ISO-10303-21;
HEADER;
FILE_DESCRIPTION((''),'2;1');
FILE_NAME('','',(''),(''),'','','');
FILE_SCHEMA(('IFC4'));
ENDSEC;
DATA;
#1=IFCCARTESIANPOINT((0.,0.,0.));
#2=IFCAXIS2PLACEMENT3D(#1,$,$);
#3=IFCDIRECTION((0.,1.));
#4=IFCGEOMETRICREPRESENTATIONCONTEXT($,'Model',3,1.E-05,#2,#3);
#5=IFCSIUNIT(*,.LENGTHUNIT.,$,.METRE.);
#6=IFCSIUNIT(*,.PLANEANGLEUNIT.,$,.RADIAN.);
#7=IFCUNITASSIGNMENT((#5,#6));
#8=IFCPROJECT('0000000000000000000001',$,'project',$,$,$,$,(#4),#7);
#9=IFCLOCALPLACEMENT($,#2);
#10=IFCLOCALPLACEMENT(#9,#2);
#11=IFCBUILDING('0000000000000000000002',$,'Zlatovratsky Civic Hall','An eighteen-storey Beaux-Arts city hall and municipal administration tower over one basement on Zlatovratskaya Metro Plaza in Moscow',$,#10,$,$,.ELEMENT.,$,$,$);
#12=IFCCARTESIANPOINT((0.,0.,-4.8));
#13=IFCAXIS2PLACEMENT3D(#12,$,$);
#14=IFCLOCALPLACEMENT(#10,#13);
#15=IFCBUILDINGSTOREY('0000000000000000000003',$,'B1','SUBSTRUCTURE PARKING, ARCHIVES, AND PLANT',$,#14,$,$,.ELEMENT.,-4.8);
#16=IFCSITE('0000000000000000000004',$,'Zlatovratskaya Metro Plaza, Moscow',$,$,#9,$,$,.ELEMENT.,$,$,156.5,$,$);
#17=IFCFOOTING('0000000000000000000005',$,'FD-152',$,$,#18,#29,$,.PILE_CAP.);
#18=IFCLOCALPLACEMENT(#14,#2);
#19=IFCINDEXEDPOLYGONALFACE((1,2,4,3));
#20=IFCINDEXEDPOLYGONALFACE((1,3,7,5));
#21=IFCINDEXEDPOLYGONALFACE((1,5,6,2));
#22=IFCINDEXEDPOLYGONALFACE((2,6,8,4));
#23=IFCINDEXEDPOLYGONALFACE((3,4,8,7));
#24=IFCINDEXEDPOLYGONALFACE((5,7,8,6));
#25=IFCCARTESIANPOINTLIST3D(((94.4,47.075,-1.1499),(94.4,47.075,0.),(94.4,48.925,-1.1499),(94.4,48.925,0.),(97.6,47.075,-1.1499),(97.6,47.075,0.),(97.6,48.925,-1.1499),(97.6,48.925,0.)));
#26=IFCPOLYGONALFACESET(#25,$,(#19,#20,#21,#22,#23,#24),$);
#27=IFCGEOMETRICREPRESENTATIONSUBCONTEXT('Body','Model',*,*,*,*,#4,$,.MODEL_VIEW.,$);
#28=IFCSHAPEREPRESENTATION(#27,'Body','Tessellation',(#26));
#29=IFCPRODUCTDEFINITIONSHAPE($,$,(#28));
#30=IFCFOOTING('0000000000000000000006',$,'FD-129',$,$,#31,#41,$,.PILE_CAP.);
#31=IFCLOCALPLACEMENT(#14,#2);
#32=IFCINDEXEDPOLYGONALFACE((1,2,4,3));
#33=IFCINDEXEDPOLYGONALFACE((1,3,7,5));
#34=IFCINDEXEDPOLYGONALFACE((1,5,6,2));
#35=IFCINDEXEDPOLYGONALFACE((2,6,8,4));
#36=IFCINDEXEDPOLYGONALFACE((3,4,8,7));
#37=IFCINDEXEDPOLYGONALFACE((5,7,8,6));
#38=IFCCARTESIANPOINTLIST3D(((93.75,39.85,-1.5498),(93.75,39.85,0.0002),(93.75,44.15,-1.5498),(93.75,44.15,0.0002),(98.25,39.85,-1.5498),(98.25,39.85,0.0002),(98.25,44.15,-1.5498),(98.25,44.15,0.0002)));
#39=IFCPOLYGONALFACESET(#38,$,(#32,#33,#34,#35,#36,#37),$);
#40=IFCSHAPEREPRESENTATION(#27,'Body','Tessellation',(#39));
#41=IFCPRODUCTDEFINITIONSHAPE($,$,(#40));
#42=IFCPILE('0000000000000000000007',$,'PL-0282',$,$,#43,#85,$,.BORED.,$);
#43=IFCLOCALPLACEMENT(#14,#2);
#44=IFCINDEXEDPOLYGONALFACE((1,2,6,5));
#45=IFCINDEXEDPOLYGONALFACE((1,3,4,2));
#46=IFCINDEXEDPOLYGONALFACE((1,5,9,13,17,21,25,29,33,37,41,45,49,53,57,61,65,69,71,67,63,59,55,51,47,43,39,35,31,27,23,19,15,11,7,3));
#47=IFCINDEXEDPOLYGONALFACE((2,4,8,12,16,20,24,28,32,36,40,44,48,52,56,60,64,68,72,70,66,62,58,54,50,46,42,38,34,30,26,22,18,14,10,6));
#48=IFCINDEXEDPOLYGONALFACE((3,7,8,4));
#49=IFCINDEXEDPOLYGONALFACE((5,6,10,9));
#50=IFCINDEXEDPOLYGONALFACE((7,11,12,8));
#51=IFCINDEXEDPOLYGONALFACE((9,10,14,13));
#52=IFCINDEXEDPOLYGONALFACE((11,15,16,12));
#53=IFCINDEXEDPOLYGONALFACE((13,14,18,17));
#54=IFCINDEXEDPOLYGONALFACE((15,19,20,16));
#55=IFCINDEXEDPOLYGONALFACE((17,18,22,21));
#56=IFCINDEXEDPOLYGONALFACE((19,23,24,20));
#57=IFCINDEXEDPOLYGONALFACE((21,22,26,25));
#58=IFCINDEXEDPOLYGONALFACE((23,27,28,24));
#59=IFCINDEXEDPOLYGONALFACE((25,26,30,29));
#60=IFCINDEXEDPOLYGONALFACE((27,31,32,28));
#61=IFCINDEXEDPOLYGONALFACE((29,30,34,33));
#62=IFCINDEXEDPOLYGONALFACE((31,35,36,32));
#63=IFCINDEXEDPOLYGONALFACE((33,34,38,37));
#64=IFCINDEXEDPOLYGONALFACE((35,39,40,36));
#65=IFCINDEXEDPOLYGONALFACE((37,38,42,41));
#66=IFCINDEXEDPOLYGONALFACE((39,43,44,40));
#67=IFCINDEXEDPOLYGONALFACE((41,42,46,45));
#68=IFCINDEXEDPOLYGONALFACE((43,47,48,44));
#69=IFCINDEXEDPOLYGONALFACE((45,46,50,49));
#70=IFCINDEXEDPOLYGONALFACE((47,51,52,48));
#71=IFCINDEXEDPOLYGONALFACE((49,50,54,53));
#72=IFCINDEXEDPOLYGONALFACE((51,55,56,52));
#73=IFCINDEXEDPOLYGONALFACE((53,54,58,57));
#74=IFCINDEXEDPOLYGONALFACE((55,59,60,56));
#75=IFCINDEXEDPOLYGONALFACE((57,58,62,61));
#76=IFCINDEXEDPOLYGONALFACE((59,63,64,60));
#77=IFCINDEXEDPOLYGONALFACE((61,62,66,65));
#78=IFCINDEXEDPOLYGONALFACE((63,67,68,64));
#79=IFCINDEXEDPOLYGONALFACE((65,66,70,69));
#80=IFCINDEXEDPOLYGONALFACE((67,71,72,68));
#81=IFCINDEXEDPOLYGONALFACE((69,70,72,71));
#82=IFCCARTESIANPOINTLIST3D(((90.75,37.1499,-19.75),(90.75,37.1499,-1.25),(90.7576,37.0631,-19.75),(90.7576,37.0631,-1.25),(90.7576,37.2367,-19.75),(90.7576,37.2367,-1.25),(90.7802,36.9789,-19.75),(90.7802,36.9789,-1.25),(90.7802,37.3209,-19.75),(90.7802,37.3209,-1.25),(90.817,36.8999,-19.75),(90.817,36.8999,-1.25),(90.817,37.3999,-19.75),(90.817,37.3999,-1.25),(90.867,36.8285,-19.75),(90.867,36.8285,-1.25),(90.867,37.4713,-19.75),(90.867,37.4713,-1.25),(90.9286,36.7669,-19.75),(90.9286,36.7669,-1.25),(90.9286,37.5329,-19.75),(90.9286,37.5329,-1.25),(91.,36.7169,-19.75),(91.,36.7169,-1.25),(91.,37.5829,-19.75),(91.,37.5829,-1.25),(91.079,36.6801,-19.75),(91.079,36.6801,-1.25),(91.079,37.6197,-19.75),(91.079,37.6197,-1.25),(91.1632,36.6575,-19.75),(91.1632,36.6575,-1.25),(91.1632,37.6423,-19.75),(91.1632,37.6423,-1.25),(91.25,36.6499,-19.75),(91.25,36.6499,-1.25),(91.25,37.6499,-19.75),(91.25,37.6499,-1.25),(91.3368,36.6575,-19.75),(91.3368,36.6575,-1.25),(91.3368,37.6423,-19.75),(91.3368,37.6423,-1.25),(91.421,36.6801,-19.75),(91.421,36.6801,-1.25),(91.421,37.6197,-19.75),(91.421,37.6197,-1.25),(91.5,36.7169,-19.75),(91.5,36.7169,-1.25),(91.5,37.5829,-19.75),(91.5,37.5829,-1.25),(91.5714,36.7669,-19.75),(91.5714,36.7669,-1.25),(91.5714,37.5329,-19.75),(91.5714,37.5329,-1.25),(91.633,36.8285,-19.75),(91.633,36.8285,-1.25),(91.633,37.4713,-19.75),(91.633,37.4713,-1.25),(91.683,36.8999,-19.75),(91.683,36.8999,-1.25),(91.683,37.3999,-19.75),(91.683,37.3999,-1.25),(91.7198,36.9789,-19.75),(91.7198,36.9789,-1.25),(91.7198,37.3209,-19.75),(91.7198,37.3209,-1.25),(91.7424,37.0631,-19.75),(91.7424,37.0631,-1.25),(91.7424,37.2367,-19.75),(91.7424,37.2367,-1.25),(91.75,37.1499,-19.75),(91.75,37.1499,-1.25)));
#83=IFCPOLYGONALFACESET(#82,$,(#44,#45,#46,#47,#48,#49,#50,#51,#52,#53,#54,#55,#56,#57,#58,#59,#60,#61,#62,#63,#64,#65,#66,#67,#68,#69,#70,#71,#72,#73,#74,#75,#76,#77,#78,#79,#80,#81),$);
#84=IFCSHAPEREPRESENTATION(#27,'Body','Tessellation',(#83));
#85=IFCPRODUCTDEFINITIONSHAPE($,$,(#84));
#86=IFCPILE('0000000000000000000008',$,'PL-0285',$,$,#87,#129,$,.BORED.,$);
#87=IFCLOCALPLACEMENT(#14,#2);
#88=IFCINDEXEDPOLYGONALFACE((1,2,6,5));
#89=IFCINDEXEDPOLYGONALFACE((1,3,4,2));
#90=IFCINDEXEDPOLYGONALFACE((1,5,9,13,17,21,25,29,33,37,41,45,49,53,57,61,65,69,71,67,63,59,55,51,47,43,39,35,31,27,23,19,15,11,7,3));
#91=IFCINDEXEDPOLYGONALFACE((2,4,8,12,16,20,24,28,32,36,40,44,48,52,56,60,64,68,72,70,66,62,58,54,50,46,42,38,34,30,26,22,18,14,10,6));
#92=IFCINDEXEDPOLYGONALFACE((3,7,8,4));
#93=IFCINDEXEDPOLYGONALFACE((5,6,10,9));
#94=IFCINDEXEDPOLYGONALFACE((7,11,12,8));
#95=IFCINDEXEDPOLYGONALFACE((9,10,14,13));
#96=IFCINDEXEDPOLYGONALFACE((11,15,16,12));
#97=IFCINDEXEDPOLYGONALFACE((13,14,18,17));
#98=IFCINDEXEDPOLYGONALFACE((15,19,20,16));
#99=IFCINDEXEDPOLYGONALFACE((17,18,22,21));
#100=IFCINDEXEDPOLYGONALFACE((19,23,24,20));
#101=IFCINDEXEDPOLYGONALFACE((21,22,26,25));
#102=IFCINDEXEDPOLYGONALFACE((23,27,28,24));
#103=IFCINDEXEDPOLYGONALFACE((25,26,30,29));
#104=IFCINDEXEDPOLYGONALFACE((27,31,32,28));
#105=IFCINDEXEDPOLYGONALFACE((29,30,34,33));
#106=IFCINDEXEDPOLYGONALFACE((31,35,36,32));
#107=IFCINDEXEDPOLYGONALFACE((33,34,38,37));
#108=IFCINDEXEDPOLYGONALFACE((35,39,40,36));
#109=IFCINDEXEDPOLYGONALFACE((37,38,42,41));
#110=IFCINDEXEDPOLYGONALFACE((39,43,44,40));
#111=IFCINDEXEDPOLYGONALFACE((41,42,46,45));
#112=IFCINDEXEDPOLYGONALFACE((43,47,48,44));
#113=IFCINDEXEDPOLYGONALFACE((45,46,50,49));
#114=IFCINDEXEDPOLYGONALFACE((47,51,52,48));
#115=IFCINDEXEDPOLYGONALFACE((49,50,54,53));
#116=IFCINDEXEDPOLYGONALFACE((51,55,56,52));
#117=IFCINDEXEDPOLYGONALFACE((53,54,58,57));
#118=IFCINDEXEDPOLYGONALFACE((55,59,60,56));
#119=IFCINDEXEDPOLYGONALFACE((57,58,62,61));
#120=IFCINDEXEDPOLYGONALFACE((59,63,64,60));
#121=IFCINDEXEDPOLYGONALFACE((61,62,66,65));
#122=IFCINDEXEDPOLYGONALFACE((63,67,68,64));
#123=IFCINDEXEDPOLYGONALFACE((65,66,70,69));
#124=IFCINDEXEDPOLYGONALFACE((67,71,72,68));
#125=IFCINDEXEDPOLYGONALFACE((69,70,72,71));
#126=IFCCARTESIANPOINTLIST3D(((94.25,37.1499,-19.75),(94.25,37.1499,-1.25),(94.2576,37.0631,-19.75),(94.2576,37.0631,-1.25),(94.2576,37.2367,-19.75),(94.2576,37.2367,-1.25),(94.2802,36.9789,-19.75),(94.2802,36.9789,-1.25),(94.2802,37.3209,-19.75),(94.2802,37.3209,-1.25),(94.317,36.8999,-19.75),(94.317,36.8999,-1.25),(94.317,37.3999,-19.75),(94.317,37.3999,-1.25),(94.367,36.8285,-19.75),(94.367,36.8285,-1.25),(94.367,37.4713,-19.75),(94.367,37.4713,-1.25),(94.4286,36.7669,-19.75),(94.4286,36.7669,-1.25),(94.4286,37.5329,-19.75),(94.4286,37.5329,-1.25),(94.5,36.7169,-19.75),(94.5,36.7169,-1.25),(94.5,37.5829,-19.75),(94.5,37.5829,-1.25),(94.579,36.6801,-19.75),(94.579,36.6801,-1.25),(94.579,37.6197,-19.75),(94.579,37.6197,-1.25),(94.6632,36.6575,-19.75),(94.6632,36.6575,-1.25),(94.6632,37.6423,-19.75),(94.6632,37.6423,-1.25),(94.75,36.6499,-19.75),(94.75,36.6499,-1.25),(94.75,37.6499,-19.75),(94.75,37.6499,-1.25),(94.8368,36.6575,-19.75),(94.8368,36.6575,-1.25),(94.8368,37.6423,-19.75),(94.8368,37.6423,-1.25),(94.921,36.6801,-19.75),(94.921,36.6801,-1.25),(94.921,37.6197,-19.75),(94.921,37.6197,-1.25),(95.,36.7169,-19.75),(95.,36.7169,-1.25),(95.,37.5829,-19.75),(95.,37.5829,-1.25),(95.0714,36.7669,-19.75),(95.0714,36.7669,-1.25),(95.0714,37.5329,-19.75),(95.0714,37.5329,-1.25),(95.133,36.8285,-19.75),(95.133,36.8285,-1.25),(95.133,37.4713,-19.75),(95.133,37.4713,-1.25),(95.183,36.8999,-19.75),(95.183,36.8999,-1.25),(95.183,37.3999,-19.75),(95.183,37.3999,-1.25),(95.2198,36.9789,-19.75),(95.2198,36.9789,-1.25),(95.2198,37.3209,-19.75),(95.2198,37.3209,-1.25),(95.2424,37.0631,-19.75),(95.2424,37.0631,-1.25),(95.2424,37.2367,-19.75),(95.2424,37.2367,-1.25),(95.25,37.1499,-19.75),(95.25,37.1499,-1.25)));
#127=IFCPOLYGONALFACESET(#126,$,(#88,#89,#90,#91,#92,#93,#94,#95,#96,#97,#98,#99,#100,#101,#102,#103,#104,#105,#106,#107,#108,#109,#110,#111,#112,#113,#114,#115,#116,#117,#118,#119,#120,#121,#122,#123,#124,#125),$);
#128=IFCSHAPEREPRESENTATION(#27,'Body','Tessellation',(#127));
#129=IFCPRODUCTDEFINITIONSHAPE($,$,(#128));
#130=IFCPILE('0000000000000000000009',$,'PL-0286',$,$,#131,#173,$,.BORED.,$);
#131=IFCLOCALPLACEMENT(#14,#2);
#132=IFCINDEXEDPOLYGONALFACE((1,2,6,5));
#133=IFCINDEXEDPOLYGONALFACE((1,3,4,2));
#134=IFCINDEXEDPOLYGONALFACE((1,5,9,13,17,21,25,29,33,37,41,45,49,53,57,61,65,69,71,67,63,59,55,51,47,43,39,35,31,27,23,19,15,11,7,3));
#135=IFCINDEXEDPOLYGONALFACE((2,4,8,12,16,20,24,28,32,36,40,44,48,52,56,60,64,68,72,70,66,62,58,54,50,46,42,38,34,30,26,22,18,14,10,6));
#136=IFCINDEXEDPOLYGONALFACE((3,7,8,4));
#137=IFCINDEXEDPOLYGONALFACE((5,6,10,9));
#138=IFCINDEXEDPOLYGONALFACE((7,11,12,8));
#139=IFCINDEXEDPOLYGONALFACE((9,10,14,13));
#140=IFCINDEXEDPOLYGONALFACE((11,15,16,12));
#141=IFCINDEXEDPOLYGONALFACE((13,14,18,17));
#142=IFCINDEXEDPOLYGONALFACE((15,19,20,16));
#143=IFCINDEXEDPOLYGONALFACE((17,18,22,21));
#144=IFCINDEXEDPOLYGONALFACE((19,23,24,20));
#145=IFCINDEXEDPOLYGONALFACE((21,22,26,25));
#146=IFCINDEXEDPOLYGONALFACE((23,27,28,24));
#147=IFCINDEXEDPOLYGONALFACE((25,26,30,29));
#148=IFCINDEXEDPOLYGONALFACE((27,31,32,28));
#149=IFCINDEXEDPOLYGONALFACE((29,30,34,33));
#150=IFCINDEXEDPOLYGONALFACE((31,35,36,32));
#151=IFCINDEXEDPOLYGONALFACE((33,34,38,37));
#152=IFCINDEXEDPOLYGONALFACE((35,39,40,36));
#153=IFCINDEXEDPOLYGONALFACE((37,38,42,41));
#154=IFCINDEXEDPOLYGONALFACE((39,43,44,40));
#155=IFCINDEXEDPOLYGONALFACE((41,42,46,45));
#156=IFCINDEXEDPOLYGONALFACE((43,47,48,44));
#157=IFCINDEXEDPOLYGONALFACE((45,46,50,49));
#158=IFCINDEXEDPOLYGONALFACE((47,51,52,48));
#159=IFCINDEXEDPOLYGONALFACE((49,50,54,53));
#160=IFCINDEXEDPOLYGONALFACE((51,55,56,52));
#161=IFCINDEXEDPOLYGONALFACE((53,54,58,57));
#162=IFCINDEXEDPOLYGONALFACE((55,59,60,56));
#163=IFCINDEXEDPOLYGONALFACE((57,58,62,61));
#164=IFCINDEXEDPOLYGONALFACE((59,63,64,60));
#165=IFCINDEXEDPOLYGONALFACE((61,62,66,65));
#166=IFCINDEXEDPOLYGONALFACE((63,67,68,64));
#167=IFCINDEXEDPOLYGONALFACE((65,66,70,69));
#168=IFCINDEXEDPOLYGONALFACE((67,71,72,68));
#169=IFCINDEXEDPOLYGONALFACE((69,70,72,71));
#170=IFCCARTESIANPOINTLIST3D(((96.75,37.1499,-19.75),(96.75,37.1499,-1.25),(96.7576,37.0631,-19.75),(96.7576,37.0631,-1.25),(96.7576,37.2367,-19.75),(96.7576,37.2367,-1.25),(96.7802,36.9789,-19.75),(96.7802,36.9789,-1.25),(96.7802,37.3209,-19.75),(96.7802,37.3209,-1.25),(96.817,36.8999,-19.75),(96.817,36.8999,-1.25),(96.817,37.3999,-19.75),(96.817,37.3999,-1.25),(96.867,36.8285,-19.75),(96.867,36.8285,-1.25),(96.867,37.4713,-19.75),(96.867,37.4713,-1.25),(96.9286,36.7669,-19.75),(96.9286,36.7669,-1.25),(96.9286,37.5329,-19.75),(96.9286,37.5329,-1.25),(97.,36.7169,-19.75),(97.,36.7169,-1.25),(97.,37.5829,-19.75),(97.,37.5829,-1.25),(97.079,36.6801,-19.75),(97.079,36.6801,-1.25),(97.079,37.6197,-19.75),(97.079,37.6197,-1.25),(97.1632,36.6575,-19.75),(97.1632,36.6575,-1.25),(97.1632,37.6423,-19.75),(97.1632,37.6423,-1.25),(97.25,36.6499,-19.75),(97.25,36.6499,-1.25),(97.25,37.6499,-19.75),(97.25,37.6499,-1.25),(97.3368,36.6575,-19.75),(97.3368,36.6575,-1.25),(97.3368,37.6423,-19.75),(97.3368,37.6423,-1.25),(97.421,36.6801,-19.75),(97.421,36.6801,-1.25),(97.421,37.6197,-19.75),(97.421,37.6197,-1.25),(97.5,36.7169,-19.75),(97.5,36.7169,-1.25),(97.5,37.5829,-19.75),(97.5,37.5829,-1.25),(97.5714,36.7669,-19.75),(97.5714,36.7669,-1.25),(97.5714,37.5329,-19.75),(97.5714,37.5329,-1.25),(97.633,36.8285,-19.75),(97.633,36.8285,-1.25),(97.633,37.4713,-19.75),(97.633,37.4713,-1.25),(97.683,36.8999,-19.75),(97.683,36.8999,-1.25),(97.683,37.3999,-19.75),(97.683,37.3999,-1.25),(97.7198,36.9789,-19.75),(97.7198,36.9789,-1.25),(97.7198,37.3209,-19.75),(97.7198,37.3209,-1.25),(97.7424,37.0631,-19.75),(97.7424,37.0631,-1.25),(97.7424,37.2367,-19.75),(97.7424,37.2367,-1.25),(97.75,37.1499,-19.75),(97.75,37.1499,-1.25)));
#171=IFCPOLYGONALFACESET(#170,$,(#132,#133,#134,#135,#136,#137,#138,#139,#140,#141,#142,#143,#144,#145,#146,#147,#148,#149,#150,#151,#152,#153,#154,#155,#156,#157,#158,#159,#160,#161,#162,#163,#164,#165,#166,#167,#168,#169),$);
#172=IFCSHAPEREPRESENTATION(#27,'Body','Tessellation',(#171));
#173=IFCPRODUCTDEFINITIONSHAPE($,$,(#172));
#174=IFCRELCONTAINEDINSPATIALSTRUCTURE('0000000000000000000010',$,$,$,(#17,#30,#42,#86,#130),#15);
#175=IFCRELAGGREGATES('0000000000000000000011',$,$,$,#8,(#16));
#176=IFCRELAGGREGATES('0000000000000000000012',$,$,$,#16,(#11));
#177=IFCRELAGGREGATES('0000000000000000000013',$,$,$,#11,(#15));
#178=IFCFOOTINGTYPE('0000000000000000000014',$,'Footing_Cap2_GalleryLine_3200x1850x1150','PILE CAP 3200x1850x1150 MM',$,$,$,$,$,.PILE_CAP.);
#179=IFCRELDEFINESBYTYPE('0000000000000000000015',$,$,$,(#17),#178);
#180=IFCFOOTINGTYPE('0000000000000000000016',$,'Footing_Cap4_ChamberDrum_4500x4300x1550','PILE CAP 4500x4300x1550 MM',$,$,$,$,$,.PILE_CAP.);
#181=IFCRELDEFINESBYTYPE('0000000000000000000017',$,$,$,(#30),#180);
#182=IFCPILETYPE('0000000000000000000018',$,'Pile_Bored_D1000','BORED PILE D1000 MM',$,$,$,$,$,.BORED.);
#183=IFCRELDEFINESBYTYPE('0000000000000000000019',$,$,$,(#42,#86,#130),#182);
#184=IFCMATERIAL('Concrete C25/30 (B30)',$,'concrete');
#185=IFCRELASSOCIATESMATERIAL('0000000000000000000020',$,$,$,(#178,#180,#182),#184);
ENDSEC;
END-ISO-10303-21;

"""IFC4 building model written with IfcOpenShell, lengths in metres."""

from ifc_helpers import new_model, si_unit, direction, frame, origin, origin_2d, place, context, subcontext, project, spatial, rectangle, circle, extrude, material, material_profile, profile_set, type_object, element, save


model = new_model("IFC4")

# Units and contexts
model_context = context("Model", 3, precision=1e-05, world=origin(), true_north=direction((0.0, 1.0)))
body_context = subcontext(model_context, "Body", "Model", "MODEL_VIEW")
ifc_project = project(units=[si_unit("LENGTHUNIT", "METRE"), si_unit("PLANEANGLEUNIT", "RADIAN")], contexts=[model_context])

# Site, building, storey
site_placement = place(None, origin())
site = spatial("IfcSite", under=ifc_project, at=site_placement, Name="Zlatovratskaya Metro Plaza, Moscow", CompositionType="ELEMENT", RefElevation=156.5)
building_placement = place(site_placement, origin())
building = spatial("IfcBuilding", under=site, at=building_placement, Name="Zlatovratsky Civic Hall", Description="An eighteen-storey Beaux-Arts city hall and municipal administration tower over one basement on Zlatovratskaya Metro Plaza in Moscow", CompositionType="ELEMENT")
storey_placement = place(building_placement, frame((0.0, 0.0, -4.8)))
storey = spatial("IfcBuildingStorey", under=building, at=storey_placement, Name="B1", Description="SUBSTRUCTURE PARKING, ARCHIVES, AND PLANT", CompositionType="ELEMENT", Elevation=-4.8)

# Footings
ifc_material_1 = material(Name="Concrete C25/30 (B30)", Category="concrete")
footing_type_1 = type_object("IfcFootingType", Name="Footing_Cap2_GalleryLine_3200x1850x1150", Description="PILE CAP 3200x1850x1150 MM", PredefinedType="PILE_CAP", material=ifc_material_1)
footing_1_placement = place(storey_placement, frame((96.0, 48.0, -1.1499), z_axis=(0.0, 0.0, 1.0), x_axis=(1.0, 0.0, 0.0)))
element("IfcFooting", 1, at=footing_1_placement, inside=storey, type_object=footing_type_1, Name="FD-152", PredefinedType="PILE_CAP", context=body_context, shape_type="SweptSolid", body=[
    extrude(rectangle(XDim=3.2, YDim=1.8501, at=origin_2d()), origin(), (0.0, 0.0, 1.0), 1.1499),
])
footing_type_2 = type_object("IfcFootingType", Name="Footing_Cap4_ChamberDrum_4500x4300x1550", Description="PILE CAP 4500x4300x1550 MM", PredefinedType="PILE_CAP", material=ifc_material_1)
footing_2_placement = place(storey_placement, frame((96.0, 42.0, -1.5498), z_axis=(0.0, 0.0, 1.0), x_axis=(1.0, 0.0, 0.0)))
element("IfcFooting", 2, at=footing_2_placement, inside=storey, type_object=footing_type_2, Name="FD-129", PredefinedType="PILE_CAP", context=body_context, shape_type="SweptSolid", body=[
    extrude(rectangle(XDim=4.5, YDim=4.3, at=origin_2d()), origin(), (0.0, 0.0, 1.0), 1.55),
])

# Piles
ifc_material_profile_1 = material_profile(ifc_material_1, circle(Radius=0.5, at=origin_2d()), Name="PILE D1000")
ifc_profile_set_1 = profile_set([ifc_material_profile_1], Name="Concrete C25/30 (B30)")
pile_type_1 = type_object("IfcPileType", Name="Pile_Bored_D1000", Description="BORED PILE D1000 MM", PredefinedType="BORED", material=ifc_profile_set_1)
for number, where, z_axis, x_axis, name in (
    (3, (91.25, 37.1499, -1.25), (0.0, 0.0, -1.0), (1.0, 0.0, 0.0), "PL-0282"),
    (4, (94.75, 37.1499, -1.25), (0.0, 0.0, -1.0), (1.0, 0.0, 0.0), "PL-0285"),
    (5, (97.25, 37.1499, -1.25), (0.0, 0.0, -1.0), (1.0, 0.0, 0.0), "PL-0286"),
):
    element("IfcPile", number, at=place(storey_placement, frame(where, z_axis=z_axis, x_axis=x_axis)), inside=storey, type_object=pile_type_1, Name=name, PredefinedType="BORED", context=body_context, shape_type="SweptSolid", body=[
        extrude(circle(Radius=0.5, at=origin_2d()), origin(), (0.0, 0.0, 1.0), 18.5),
    ])

save(model, "model.ifc")
